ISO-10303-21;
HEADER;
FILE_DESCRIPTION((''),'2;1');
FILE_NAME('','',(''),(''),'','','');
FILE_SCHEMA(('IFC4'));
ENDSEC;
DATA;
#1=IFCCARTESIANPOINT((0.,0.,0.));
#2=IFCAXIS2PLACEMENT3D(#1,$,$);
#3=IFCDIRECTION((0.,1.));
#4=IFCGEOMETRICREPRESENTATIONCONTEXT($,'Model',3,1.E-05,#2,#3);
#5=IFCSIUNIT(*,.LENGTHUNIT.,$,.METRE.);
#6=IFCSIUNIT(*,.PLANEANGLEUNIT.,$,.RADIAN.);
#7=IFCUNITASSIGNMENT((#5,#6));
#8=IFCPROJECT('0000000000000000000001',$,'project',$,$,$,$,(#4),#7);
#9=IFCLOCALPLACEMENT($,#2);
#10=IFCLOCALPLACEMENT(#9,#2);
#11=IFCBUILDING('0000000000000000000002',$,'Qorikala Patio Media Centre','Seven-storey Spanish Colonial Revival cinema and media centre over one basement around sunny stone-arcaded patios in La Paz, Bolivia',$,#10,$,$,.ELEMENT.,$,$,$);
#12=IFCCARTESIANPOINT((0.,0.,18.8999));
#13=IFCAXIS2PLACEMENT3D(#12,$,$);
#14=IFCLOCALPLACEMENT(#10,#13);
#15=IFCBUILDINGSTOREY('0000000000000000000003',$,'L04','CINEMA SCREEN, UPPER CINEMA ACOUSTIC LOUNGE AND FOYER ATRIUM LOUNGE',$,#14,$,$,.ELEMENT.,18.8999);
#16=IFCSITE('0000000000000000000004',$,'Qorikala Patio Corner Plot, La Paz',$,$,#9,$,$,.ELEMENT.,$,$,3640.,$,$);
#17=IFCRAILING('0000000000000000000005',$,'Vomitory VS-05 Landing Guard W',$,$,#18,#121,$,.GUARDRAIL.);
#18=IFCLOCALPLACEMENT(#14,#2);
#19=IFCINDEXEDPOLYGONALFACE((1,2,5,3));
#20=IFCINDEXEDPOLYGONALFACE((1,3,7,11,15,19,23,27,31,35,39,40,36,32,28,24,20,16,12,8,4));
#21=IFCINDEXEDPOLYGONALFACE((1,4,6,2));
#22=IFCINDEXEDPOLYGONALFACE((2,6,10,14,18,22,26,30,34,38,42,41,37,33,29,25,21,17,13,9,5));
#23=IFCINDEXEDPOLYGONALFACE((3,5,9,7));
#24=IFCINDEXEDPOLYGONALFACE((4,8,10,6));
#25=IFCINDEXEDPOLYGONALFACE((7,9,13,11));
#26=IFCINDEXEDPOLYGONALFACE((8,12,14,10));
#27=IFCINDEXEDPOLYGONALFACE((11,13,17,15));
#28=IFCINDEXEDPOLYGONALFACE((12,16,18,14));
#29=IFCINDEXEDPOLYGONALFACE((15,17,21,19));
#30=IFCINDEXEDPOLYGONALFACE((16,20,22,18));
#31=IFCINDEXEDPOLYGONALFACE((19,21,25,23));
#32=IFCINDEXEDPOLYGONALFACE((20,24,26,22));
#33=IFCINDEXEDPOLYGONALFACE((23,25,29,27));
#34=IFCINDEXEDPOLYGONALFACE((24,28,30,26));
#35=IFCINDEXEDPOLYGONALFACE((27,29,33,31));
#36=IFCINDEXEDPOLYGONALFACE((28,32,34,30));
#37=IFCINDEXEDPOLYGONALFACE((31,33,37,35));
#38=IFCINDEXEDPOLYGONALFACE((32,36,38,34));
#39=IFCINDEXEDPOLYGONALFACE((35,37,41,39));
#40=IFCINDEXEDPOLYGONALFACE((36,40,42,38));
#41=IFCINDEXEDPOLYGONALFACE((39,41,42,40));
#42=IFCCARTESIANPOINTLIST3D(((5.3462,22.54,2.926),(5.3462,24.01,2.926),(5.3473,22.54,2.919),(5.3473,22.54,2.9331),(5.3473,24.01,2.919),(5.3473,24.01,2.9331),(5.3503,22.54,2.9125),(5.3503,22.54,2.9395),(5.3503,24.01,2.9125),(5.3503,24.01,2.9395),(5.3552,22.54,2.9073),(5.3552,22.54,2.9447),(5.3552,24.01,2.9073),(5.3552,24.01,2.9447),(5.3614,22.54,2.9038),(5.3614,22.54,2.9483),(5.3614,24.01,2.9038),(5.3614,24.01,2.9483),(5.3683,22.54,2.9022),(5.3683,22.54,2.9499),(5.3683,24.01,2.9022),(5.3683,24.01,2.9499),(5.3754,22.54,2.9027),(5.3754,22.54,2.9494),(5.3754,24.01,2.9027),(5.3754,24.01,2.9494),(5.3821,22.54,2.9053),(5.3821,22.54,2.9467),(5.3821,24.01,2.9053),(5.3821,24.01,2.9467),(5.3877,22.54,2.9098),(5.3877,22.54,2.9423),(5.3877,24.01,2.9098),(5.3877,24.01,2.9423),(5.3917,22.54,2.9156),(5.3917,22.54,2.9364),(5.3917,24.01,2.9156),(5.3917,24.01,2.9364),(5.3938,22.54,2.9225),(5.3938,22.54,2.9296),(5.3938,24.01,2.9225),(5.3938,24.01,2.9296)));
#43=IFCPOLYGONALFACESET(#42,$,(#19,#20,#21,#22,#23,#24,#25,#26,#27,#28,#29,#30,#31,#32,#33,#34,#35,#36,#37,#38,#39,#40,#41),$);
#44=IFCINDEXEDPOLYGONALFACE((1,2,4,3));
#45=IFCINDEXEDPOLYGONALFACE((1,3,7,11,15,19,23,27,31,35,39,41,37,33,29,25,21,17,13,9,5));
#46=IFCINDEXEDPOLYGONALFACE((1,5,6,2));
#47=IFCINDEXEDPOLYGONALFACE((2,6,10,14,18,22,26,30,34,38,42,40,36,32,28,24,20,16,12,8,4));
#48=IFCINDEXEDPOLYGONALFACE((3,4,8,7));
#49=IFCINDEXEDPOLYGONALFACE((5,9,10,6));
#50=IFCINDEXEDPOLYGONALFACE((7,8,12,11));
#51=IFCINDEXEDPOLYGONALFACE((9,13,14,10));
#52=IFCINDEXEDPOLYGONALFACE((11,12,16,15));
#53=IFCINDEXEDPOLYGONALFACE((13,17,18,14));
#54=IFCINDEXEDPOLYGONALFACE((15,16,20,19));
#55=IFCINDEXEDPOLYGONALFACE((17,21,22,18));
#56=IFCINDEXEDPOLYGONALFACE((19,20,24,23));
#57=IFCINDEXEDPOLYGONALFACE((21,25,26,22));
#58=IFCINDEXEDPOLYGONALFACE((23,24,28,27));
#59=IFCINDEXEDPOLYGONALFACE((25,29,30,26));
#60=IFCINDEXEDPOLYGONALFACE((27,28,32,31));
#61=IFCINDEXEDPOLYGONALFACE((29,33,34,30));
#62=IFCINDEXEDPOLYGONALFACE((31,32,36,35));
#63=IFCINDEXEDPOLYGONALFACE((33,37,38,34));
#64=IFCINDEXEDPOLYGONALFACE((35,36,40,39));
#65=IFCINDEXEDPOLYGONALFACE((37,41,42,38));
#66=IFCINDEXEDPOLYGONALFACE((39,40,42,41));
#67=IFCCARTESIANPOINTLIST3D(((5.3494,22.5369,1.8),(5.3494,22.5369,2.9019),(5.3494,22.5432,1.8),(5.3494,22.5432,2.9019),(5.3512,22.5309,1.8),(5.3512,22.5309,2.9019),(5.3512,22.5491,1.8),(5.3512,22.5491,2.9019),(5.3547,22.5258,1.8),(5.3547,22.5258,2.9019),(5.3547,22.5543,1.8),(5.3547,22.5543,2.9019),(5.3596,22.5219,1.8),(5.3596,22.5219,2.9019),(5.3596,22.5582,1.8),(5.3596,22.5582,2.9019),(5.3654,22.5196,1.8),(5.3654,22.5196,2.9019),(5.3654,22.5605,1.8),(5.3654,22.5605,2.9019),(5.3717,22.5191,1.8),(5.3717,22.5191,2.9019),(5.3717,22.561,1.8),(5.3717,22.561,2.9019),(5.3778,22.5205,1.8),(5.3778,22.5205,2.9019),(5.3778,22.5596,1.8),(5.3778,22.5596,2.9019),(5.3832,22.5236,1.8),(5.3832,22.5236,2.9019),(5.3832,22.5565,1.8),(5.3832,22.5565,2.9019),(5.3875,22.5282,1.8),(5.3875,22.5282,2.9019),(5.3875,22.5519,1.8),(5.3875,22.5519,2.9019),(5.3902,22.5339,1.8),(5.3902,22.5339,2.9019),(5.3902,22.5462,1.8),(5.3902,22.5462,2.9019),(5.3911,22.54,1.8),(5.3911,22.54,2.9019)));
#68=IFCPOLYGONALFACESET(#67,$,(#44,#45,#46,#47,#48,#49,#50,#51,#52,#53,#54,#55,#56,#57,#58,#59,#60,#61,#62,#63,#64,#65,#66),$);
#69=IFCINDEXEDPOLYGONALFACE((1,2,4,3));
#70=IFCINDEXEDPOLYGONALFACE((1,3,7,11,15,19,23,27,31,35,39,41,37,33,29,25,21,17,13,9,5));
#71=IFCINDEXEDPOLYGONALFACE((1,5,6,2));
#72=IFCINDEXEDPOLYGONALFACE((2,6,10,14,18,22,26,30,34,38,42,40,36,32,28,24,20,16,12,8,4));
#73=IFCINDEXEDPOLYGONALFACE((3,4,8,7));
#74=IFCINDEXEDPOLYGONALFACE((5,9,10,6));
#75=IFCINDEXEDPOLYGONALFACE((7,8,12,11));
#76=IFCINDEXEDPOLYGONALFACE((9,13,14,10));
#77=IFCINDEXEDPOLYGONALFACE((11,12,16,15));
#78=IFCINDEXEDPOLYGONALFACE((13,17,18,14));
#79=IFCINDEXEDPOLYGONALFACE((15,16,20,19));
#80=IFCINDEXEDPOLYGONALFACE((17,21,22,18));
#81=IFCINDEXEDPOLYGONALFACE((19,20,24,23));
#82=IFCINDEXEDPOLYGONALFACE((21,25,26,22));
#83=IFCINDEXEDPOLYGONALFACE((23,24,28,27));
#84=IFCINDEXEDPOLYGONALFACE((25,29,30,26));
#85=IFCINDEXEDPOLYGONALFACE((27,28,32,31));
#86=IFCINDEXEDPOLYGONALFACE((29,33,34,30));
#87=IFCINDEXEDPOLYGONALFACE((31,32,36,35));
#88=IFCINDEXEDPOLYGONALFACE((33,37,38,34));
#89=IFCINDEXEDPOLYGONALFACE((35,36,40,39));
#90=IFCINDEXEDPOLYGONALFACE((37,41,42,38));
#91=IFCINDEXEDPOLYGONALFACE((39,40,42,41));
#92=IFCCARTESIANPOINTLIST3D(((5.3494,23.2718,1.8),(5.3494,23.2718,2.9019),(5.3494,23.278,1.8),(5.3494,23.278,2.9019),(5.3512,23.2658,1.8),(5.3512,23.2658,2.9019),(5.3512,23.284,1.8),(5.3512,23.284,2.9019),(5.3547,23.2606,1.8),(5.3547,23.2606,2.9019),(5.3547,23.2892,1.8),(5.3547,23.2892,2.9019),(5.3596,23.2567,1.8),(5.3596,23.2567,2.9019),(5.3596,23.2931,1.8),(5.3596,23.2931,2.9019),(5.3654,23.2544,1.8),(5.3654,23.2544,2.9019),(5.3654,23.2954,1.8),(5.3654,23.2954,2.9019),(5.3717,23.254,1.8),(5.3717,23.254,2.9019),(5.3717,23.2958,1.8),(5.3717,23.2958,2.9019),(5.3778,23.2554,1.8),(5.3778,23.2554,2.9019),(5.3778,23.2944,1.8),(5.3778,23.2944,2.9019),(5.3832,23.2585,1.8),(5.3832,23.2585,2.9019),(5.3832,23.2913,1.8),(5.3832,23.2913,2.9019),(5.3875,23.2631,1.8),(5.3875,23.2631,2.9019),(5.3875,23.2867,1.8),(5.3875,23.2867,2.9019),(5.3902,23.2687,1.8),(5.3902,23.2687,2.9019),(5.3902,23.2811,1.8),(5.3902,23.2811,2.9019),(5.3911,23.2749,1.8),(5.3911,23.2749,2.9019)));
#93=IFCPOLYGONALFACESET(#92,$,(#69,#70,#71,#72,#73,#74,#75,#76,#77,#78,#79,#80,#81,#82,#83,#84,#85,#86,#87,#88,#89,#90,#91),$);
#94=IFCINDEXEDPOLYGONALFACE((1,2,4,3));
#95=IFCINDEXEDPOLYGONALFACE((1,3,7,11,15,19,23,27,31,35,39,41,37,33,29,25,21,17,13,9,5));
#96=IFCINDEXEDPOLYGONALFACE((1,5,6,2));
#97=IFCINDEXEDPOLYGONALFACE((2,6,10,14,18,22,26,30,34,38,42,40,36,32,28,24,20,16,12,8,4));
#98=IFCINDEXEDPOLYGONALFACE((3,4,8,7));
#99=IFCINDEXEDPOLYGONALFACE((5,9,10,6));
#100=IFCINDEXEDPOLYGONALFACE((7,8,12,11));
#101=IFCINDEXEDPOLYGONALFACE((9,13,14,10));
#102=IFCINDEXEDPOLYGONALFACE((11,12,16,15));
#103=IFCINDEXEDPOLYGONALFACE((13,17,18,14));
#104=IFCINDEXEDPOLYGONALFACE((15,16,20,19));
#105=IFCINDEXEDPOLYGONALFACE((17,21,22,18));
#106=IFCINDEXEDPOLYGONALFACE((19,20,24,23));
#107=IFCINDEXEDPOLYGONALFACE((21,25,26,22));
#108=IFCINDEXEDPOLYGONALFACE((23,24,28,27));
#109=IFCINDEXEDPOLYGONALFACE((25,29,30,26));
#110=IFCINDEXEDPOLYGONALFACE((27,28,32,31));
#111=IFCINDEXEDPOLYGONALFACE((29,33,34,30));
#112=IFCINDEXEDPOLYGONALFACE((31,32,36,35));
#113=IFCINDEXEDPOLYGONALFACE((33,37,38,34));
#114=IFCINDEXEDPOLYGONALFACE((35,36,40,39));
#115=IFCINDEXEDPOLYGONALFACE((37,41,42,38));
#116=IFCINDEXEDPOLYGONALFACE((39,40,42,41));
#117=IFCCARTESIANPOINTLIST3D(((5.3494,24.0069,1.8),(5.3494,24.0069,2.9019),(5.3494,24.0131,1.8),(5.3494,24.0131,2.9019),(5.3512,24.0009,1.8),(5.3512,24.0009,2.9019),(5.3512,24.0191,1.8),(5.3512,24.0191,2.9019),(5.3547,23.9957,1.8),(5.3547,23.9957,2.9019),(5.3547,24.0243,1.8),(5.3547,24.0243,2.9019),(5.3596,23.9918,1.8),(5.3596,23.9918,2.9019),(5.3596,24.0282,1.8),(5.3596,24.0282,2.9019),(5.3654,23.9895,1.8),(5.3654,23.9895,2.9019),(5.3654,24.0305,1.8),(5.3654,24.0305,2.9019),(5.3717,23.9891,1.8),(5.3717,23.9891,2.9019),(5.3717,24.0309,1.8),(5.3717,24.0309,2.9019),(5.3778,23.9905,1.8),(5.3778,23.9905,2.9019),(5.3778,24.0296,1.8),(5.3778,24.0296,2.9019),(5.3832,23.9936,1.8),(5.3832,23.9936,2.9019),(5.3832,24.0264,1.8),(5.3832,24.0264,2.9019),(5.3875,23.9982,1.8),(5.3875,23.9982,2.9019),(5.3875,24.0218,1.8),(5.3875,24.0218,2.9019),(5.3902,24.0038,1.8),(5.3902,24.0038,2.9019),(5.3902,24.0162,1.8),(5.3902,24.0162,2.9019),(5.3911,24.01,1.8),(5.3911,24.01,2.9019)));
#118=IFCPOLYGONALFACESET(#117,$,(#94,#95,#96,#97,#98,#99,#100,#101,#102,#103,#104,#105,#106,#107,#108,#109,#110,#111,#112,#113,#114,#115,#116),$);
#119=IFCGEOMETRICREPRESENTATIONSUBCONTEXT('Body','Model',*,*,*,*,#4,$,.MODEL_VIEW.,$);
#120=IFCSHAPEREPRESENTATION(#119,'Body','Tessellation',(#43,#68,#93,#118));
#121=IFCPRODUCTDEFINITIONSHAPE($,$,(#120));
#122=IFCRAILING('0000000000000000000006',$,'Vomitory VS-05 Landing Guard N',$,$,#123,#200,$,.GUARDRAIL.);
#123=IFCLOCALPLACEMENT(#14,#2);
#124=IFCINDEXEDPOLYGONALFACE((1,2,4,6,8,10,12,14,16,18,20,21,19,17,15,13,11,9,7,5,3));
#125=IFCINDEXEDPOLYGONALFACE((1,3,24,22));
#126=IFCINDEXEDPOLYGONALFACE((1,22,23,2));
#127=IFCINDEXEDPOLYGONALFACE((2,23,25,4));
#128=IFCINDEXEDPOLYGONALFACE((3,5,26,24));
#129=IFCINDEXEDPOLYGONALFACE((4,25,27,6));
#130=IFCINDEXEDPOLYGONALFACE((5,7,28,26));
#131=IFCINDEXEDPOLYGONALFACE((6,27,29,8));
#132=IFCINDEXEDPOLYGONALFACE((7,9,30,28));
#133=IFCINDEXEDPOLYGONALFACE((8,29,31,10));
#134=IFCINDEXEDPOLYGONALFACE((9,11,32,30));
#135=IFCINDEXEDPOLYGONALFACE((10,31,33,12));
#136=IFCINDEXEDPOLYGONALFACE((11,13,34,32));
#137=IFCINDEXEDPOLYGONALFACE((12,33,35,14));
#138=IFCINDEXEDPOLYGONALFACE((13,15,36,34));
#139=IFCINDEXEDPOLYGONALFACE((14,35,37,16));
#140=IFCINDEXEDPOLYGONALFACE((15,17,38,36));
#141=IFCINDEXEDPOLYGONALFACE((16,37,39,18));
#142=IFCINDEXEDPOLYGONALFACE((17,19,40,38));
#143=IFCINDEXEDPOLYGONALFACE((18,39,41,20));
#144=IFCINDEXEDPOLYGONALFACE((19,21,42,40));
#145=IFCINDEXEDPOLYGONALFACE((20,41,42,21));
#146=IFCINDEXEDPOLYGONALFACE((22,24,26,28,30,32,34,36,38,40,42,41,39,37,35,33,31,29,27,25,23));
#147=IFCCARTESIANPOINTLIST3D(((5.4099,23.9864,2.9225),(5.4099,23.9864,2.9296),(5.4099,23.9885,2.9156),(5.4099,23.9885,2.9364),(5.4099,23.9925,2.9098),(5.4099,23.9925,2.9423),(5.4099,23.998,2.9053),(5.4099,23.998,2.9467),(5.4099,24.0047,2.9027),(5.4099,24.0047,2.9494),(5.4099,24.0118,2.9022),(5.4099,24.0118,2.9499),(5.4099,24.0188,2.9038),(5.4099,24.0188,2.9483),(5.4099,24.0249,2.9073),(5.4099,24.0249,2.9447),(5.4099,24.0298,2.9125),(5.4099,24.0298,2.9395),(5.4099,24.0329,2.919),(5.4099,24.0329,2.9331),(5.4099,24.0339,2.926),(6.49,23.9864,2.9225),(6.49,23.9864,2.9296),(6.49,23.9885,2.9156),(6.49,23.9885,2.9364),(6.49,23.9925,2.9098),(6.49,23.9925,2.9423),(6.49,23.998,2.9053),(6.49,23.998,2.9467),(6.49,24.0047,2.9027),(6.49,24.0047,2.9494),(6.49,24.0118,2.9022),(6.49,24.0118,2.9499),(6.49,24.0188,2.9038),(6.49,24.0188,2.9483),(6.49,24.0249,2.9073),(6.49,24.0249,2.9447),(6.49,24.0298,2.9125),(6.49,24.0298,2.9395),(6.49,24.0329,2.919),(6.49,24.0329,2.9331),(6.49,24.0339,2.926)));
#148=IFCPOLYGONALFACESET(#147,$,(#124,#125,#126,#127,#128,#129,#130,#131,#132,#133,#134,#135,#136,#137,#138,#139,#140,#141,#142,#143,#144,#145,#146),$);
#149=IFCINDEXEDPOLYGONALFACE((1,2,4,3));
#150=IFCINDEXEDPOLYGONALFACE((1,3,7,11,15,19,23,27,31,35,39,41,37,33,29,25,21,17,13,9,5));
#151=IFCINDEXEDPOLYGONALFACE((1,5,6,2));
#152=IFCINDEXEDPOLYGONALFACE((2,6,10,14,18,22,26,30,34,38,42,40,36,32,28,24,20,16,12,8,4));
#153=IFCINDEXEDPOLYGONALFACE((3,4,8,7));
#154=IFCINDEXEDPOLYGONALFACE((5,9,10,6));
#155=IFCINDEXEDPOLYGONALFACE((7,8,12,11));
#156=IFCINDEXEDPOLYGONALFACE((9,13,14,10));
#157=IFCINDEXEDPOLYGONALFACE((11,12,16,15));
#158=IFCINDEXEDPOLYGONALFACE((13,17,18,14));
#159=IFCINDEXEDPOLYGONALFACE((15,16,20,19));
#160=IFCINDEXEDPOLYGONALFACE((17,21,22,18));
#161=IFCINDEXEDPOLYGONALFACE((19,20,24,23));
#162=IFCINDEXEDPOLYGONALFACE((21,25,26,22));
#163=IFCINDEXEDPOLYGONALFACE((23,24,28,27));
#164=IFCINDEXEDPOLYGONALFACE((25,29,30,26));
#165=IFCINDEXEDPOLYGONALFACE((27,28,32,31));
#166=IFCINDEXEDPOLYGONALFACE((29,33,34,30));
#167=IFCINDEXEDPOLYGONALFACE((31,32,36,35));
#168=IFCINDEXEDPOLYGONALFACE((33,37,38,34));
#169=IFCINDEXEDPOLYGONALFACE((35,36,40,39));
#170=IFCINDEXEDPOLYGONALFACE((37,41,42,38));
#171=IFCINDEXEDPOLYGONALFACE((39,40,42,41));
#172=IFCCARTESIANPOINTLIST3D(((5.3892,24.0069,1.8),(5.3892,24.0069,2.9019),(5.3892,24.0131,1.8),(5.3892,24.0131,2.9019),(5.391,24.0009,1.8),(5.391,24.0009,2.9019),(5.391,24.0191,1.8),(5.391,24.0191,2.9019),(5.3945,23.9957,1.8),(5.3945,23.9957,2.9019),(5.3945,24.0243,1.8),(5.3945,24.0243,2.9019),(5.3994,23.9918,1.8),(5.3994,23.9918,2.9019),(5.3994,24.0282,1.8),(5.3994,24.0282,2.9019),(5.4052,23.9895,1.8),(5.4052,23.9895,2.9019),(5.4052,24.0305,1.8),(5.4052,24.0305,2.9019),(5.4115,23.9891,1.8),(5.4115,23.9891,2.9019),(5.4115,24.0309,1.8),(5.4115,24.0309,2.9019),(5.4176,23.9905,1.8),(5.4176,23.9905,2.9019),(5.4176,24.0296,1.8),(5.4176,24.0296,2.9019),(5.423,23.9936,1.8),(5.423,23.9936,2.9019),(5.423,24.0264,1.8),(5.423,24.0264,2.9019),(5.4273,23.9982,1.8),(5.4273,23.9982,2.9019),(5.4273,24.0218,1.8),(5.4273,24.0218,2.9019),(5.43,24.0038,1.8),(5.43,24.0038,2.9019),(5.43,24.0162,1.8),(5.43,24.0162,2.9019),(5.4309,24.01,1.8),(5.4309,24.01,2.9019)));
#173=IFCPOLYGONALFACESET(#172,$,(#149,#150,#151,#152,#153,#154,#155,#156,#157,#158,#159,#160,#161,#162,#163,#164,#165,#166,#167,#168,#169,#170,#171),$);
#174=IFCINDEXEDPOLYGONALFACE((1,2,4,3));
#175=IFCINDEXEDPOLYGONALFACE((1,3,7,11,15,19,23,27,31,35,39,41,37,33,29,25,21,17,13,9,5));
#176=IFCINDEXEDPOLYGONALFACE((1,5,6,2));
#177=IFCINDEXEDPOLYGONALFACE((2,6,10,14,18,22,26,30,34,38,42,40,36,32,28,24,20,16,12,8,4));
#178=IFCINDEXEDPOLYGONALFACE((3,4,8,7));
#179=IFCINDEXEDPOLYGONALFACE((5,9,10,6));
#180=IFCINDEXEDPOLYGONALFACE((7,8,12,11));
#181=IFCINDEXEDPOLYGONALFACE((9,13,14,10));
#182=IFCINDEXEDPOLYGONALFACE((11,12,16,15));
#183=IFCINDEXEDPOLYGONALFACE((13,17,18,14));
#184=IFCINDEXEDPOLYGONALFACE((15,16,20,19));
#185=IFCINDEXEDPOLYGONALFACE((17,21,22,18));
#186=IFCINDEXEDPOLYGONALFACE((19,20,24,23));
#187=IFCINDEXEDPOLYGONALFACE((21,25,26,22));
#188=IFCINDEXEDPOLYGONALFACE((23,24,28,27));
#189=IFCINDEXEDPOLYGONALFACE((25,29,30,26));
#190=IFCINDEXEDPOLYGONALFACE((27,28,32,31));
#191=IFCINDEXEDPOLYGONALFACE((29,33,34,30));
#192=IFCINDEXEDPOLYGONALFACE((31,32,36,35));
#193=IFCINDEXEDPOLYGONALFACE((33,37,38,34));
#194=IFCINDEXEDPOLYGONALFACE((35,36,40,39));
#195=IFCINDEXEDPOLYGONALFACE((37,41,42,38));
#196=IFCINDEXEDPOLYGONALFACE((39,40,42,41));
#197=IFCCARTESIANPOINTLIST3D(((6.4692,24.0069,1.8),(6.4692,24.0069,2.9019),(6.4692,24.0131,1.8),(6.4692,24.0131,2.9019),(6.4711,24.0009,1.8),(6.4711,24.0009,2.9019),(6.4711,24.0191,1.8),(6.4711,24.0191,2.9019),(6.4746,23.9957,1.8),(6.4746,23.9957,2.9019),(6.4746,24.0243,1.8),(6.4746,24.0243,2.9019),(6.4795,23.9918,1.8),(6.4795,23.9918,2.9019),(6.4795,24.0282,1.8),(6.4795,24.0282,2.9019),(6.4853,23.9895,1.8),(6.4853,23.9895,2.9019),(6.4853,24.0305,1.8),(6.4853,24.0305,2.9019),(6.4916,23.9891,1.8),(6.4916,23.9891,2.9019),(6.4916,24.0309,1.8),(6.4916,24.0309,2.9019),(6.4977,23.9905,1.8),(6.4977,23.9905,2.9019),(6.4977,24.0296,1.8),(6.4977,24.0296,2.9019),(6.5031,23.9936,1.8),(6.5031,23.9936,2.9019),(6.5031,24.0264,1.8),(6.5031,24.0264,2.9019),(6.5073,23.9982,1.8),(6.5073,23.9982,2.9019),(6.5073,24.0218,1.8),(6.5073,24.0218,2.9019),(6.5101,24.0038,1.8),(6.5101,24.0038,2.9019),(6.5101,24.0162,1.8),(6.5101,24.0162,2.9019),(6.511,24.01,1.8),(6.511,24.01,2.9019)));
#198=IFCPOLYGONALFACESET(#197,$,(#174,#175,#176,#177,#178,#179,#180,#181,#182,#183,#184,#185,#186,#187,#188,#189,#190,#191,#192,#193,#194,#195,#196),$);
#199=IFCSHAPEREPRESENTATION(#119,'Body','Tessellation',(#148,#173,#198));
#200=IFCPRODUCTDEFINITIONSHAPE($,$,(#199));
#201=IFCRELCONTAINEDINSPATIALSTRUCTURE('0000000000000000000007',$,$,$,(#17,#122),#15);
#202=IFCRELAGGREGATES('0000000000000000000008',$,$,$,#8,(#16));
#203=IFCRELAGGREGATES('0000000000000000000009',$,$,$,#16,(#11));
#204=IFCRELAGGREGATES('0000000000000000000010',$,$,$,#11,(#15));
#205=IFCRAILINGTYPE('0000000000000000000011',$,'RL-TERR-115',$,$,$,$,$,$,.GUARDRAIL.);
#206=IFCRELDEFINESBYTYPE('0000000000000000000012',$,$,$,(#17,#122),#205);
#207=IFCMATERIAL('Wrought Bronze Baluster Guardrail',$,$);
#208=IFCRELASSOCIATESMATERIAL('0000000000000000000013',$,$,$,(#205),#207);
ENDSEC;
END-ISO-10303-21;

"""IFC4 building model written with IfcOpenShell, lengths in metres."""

from ifc_helpers import new_model, si_unit, direction, frame, origin, origin_2d, place, context, subcontext, project, spatial, circle, extrude, material, type_object, element, save


model = new_model("IFC4")

# Units and contexts
model_context = context("Model", 3, precision=1e-05, world=origin(), true_north=direction((0.0, 1.0)))
body_context = subcontext(model_context, "Body", "Model", "MODEL_VIEW")
ifc_project = project(units=[si_unit("LENGTHUNIT", "METRE"), si_unit("PLANEANGLEUNIT", "RADIAN")], contexts=[model_context])

# Site, building, storey
site_placement = place(None, origin())
site = spatial("IfcSite", under=ifc_project, at=site_placement, Name="Qorikala Patio Corner Plot, La Paz", CompositionType="ELEMENT", RefElevation=3640.0)
building_placement = place(site_placement, origin())
building = spatial("IfcBuilding", under=site, at=building_placement, Name="Qorikala Patio Media Centre", Description="Seven-storey Spanish Colonial Revival cinema and media centre over one basement around sunny stone-arcaded patios in La Paz, Bolivia", CompositionType="ELEMENT")
storey_placement = place(building_placement, frame((0.0, 0.0, 18.8999)))
storey = spatial("IfcBuildingStorey", under=building, at=storey_placement, Name="L04", Description="CINEMA SCREEN, UPPER CINEMA ACOUSTIC LOUNGE AND FOYER ATRIUM LOUNGE", CompositionType="ELEMENT", Elevation=18.8999)

# Railings
ifc_material_1 = material(Name="Wrought Bronze Baluster Guardrail")
railing_type = type_object("IfcRailingType", Name="RL-TERR-115", PredefinedType="GUARDRAIL", material=ifc_material_1)
railing_1_placement = place(storey_placement, frame((5.3701, 22.54, 1.8)))
element("IfcRailing", 1, at=railing_1_placement, inside=storey, type_object=railing_type, Name="Vomitory VS-05 Landing Guard W", PredefinedType="GUARDRAIL", context=body_context, shape_type="SweptSolid", body=[
    extrude(circle(Radius=0.0239, at=origin_2d()), frame((0.0, 0.0, 1.126), z_axis=(0.0, 1.0, 0.0), x_axis=(-1.0, 0.0, 0.0)), (0.0, 0.0, 1.0), 1.47),
    extrude(circle(Radius=0.021, at=origin_2d()), origin(), (0.0, 0.0, 1.0), 1.1018),
    extrude(circle(Radius=0.021, at=origin_2d()), frame((0.0, 0.7349, 0.0)), (0.0, 0.0, 1.0), 1.1018),
    extrude(circle(Radius=0.021, at=origin_2d()), frame((0.0, 1.47, 0.0)), (0.0, 0.0, 1.0), 1.1018),
])
railing_2_placement = place(storey_placement, frame((5.4099, 24.01, 1.8)))
element("IfcRailing", 2, at=railing_2_placement, inside=storey, type_object=railing_type, Name="Vomitory VS-05 Landing Guard N", PredefinedType="GUARDRAIL", context=body_context, shape_type="SweptSolid", body=[
    extrude(circle(Radius=0.0239, at=origin_2d()), frame((0.0, 0.0, 1.126), z_axis=(1.0, 0.0, 0.0), x_axis=(0.0, 1.0, 0.0)), (0.0, 0.0, 1.0), 1.0801),
    extrude(circle(Radius=0.021, at=origin_2d()), origin(), (0.0, 0.0, 1.0), 1.1018),
    extrude(circle(Radius=0.021, at=origin_2d()), frame((1.0801, 0.0, 0.0)), (0.0, 0.0, 1.0), 1.1018),
])

save(model, "model.ifc")
